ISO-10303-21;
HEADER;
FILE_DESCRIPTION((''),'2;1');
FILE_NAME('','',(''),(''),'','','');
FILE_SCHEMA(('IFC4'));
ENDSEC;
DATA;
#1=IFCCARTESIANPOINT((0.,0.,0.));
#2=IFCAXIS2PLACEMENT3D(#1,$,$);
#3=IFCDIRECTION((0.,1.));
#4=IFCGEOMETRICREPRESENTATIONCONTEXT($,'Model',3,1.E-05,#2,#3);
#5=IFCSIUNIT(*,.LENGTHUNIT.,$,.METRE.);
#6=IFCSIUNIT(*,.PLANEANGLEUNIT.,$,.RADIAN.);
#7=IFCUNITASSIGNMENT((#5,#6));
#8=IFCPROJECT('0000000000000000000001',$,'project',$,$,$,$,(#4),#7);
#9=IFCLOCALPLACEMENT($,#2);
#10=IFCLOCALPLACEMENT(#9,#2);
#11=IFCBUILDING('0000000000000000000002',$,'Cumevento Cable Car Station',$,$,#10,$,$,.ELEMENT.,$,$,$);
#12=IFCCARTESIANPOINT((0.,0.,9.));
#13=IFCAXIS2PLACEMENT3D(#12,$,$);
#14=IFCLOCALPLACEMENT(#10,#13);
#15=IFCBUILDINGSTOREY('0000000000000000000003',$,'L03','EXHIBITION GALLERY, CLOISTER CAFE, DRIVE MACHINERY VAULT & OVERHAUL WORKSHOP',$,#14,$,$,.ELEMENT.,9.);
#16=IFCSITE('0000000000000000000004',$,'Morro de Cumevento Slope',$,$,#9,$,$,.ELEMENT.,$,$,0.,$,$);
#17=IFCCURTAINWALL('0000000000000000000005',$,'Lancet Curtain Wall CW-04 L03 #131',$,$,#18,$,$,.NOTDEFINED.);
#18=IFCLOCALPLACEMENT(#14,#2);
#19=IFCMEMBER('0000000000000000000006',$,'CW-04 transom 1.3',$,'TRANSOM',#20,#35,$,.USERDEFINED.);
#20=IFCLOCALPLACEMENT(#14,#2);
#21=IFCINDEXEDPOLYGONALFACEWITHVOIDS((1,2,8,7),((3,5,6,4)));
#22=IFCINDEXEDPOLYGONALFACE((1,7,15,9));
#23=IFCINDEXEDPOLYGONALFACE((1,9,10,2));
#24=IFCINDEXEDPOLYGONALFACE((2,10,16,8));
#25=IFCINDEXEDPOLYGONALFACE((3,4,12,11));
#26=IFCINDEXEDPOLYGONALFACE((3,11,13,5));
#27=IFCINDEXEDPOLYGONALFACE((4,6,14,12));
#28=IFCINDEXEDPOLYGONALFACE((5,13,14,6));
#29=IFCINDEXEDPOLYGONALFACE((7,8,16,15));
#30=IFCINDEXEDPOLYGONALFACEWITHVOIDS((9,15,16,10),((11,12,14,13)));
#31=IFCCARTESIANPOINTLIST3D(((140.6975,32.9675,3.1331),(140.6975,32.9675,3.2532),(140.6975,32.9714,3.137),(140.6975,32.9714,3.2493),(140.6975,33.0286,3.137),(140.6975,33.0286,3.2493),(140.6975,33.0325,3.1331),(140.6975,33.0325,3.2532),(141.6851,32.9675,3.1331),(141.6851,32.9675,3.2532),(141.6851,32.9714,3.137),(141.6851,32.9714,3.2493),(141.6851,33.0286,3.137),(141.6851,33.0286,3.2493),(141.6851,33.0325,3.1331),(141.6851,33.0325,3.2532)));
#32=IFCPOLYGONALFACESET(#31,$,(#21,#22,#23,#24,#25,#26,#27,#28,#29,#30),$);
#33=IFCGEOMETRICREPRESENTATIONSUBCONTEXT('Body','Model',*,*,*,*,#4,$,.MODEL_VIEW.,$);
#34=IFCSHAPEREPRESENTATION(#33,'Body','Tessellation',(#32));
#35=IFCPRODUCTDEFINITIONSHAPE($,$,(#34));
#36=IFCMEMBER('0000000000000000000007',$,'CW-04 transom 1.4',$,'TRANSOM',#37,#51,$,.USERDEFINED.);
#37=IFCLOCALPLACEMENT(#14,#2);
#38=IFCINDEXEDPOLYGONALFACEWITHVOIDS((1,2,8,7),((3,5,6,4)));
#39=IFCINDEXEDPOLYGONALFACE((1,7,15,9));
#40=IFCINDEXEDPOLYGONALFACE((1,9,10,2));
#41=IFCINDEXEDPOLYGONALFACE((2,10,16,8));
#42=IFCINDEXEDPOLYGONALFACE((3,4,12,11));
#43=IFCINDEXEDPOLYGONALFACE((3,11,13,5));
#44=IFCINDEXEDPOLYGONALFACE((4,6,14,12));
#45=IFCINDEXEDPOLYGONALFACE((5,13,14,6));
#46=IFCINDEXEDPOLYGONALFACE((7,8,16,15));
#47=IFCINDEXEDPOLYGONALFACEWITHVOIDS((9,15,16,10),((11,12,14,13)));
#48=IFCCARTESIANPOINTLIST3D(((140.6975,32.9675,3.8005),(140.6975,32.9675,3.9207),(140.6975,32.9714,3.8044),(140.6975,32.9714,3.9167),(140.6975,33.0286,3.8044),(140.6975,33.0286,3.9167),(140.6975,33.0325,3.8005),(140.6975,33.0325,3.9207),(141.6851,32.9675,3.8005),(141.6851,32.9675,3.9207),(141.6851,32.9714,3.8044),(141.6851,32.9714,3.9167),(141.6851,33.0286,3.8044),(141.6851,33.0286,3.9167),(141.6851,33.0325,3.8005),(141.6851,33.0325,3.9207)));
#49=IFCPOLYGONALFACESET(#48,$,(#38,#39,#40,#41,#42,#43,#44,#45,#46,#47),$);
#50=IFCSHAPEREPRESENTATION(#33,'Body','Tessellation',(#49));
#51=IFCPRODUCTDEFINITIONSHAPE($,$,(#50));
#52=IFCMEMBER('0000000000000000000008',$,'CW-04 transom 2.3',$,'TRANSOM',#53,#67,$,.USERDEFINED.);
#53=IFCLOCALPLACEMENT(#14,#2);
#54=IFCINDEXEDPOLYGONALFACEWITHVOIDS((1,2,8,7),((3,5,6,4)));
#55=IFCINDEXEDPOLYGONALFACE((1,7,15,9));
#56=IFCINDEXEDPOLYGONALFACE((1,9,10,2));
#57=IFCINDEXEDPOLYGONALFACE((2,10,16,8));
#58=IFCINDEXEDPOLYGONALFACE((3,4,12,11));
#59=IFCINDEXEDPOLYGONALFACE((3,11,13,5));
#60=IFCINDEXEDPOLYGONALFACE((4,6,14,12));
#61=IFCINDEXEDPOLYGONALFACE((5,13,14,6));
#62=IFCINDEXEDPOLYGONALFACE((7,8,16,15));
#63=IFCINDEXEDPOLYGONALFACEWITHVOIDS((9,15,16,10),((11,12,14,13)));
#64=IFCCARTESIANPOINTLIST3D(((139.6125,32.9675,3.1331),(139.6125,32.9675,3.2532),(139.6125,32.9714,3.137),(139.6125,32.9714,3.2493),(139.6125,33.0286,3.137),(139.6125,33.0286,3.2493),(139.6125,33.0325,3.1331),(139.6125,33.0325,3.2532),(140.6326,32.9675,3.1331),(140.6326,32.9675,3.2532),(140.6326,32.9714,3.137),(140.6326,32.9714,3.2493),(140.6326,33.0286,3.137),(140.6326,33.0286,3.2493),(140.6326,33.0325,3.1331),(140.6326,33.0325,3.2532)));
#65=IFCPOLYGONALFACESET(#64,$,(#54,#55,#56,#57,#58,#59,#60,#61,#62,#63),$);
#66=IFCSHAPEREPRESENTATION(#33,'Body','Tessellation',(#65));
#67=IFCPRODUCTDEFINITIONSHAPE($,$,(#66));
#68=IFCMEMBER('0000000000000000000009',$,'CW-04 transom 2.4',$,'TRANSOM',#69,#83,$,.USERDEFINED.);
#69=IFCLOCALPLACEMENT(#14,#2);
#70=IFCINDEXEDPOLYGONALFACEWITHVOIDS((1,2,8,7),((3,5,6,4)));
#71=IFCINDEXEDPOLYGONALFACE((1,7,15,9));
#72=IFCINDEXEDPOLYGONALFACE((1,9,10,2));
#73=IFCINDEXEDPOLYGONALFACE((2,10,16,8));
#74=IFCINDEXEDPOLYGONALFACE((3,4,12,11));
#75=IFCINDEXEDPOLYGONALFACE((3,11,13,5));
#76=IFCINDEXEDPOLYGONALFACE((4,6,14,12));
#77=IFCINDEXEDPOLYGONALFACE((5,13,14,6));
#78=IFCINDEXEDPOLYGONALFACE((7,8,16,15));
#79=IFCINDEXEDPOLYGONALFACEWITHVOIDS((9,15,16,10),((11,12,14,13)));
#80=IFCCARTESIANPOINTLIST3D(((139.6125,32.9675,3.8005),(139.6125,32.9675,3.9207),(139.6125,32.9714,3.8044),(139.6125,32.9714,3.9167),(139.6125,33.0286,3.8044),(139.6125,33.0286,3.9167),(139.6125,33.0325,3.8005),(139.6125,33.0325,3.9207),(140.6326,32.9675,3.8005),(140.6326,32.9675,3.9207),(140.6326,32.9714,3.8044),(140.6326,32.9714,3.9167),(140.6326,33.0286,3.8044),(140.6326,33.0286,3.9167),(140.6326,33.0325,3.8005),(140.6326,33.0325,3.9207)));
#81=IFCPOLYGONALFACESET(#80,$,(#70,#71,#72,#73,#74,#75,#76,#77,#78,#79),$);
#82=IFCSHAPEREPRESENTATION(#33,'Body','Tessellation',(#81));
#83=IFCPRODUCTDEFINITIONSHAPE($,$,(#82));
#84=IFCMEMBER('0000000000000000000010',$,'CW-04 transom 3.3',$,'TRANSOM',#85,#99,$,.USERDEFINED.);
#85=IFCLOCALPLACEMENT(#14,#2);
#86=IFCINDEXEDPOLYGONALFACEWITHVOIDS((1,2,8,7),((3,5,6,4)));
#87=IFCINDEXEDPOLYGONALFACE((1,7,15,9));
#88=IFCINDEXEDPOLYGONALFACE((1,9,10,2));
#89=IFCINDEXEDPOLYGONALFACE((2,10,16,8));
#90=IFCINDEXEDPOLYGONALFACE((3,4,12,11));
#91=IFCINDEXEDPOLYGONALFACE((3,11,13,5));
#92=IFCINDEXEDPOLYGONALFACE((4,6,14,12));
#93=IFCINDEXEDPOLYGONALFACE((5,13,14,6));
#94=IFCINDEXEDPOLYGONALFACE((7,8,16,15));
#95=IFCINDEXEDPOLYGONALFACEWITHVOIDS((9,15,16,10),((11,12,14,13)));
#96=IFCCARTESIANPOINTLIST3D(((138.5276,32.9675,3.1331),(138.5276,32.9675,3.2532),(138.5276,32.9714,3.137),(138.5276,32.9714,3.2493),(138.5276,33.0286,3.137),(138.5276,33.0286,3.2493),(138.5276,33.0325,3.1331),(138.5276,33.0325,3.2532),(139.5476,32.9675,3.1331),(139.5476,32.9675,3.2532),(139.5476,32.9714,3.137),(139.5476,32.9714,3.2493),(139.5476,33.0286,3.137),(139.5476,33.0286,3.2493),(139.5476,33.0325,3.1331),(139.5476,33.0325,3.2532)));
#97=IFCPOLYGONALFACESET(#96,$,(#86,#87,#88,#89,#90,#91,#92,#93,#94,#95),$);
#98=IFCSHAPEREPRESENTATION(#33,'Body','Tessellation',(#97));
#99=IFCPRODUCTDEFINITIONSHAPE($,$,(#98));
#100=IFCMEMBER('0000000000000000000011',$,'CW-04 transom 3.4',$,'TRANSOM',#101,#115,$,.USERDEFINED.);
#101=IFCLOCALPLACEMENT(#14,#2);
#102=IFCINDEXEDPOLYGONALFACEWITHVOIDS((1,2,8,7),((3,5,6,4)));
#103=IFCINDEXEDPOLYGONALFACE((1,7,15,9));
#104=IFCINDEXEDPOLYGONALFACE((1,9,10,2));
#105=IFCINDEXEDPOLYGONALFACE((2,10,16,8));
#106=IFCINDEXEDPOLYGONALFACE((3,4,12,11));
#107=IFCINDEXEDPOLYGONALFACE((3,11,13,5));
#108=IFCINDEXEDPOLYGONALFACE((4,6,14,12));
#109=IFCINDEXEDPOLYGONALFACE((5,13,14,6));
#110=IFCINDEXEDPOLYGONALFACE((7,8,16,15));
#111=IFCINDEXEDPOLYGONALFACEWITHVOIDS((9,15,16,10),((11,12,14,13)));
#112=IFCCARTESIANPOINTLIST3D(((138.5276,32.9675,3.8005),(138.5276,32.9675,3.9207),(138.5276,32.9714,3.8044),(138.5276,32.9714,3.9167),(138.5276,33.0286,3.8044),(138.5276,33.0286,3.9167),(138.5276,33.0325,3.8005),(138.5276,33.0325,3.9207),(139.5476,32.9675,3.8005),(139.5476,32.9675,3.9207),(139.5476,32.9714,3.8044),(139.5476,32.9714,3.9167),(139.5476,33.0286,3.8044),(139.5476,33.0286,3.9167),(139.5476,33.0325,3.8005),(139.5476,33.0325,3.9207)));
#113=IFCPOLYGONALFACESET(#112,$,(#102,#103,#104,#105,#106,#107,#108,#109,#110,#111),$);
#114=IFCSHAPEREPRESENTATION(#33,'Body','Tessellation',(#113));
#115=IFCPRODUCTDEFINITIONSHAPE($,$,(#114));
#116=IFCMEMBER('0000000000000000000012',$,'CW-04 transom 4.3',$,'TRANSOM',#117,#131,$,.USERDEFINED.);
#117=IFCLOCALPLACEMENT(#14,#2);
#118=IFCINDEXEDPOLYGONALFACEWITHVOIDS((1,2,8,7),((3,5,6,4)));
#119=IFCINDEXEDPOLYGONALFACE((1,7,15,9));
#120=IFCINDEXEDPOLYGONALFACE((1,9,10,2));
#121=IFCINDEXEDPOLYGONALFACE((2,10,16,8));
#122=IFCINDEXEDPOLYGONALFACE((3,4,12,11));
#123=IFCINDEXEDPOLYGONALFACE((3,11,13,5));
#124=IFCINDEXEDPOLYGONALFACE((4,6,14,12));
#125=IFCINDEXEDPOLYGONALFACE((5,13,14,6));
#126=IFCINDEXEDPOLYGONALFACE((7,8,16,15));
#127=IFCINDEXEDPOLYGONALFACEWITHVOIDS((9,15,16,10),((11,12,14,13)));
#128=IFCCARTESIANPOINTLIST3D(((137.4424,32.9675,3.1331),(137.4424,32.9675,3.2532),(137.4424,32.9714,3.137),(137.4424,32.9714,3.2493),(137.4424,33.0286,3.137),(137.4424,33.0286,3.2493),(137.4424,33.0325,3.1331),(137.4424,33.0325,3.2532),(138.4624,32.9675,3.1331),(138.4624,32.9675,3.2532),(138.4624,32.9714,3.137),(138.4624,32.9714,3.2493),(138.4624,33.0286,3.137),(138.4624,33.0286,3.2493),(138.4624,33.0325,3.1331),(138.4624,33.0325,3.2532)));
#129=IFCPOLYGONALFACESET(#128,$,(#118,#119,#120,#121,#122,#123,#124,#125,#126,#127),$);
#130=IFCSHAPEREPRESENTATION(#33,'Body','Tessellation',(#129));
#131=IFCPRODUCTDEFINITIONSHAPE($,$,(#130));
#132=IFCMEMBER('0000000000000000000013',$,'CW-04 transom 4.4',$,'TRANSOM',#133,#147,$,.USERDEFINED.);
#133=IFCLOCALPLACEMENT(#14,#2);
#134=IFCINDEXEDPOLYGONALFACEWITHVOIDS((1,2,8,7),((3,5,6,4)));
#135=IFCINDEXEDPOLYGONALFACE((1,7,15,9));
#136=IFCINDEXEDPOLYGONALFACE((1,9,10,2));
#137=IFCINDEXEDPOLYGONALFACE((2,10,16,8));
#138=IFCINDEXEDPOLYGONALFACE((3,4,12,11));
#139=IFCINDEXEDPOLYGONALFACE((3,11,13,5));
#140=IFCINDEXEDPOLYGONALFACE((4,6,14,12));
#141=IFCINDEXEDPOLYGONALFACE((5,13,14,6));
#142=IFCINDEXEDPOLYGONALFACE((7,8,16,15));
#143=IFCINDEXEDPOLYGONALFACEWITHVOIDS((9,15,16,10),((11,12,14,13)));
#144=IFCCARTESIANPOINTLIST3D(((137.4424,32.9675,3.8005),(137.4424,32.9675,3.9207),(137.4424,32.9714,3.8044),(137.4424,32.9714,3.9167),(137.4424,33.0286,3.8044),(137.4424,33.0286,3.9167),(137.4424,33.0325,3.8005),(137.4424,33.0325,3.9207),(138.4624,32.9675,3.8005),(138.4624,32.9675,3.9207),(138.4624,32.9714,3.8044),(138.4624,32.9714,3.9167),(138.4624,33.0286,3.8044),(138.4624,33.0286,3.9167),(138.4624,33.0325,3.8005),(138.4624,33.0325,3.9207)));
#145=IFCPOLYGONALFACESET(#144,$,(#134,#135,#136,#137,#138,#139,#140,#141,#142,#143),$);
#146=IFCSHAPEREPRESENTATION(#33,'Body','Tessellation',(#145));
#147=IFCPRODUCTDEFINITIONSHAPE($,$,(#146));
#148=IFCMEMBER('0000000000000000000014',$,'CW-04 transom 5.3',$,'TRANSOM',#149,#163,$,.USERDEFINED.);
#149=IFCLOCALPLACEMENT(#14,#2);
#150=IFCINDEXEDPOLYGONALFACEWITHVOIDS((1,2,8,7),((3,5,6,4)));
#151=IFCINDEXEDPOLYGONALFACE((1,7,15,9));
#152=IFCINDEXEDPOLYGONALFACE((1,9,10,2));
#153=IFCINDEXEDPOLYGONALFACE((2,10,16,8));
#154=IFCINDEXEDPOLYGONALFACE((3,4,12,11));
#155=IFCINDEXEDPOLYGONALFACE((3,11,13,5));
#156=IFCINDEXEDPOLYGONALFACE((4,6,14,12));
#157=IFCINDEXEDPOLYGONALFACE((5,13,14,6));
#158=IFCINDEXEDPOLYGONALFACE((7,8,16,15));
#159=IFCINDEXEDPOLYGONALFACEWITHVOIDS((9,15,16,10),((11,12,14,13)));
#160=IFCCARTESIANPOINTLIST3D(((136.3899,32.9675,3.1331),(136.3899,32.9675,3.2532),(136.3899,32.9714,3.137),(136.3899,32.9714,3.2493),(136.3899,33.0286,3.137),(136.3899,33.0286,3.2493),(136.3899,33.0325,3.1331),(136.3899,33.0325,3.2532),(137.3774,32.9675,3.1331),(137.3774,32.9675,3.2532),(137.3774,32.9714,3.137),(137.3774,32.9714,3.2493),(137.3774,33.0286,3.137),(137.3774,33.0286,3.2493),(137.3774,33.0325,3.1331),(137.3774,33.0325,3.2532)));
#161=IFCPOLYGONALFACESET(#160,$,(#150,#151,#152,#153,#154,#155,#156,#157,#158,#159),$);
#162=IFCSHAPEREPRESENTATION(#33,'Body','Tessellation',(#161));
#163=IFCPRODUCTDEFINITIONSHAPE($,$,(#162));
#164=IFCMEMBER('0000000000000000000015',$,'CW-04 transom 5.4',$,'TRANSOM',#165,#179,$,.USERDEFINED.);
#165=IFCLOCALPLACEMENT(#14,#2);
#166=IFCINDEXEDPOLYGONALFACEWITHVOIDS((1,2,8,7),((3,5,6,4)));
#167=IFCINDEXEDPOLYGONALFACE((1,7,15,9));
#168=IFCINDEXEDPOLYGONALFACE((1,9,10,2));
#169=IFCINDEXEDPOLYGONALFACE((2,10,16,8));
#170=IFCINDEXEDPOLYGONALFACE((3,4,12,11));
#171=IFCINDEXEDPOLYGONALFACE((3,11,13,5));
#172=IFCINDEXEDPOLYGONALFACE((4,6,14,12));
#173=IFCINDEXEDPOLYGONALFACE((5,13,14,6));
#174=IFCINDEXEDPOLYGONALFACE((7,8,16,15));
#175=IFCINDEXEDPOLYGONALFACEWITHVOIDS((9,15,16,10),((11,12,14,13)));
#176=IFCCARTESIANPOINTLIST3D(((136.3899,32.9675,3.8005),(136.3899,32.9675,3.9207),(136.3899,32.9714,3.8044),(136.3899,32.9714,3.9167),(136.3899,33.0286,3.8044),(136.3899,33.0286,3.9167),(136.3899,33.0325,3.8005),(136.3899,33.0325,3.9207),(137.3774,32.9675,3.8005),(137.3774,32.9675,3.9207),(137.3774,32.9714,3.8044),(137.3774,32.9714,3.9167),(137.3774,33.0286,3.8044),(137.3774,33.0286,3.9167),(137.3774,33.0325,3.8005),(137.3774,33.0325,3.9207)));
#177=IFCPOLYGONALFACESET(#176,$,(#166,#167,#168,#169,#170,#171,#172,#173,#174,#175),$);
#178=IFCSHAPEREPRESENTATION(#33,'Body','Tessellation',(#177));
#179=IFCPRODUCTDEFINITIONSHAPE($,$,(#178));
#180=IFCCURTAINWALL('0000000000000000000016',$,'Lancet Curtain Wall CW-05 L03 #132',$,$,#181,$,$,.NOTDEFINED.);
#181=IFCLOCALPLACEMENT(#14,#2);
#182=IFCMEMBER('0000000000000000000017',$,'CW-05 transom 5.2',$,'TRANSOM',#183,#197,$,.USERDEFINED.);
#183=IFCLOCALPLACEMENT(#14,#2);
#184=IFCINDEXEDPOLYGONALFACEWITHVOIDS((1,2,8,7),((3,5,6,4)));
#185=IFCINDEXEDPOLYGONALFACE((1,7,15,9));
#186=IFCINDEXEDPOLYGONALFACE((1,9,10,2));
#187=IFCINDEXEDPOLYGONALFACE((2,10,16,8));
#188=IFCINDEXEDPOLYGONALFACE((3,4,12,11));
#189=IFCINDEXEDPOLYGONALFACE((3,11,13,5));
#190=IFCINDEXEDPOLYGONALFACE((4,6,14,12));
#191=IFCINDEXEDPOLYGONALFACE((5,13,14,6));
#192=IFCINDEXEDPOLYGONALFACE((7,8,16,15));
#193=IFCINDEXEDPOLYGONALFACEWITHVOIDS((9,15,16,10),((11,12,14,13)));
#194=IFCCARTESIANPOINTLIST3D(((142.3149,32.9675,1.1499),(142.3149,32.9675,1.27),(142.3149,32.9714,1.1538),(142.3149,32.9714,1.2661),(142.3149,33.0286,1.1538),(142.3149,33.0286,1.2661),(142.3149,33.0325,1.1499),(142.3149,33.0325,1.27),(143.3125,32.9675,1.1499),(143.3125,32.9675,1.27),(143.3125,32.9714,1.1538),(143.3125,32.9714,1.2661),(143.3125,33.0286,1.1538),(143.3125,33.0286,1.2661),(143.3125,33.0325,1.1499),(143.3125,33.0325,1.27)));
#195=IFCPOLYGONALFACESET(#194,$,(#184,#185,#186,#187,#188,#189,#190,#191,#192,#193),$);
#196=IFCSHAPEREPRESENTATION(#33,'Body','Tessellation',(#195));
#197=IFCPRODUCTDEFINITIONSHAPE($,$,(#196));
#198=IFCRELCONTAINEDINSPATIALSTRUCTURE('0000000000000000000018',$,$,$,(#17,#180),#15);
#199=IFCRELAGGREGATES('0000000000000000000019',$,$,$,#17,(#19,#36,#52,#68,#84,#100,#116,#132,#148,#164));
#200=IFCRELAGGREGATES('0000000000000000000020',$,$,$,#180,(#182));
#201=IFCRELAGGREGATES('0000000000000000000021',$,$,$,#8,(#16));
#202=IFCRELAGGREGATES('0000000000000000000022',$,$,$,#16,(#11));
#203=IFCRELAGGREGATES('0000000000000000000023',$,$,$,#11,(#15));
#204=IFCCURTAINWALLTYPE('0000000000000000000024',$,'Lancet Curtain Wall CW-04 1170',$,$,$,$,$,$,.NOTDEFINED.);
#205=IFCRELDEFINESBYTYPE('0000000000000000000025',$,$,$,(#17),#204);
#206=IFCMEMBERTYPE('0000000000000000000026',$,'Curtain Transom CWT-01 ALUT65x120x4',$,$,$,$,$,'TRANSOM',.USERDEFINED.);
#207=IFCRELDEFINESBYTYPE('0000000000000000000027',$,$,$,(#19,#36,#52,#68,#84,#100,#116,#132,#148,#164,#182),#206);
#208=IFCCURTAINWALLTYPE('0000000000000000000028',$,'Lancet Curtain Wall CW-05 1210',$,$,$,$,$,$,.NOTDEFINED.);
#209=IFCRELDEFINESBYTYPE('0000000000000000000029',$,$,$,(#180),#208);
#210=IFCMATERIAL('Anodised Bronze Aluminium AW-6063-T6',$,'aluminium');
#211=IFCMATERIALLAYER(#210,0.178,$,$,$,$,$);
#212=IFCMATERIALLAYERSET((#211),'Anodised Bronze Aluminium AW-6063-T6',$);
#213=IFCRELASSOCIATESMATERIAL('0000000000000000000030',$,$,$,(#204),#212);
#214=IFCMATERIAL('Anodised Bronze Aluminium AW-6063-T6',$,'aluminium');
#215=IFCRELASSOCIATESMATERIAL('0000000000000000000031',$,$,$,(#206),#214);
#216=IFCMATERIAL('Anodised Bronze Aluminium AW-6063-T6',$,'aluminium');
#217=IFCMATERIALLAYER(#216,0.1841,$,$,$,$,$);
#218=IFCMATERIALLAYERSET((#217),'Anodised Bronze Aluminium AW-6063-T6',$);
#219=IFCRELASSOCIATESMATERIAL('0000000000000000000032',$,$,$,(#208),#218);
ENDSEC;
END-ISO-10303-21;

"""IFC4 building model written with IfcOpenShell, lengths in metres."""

from ifc_helpers import new_model, si_unit, direction, frame, origin, origin_2d, place, context, subcontext, project, spatial, hollow_rectangle, extrude, material, layer, layer_set, material_profile, profile_set, type_object, element, aggregate, save


model = new_model("IFC4")

# Units and contexts
model_context = context("Model", 3, precision=1e-05, world=origin(), true_north=direction((0.0, 1.0)))
body_context = subcontext(model_context, "Body", "Model", "MODEL_VIEW")
ifc_project = project(units=[si_unit("LENGTHUNIT", "METRE"), si_unit("PLANEANGLEUNIT", "RADIAN")], contexts=[model_context])

# Site, building, storey
site_placement = place(None, origin())
site = spatial("IfcSite", under=ifc_project, at=site_placement, Name="Morro de Cumevento Slope", CompositionType="ELEMENT", RefElevation=0.0)
building_placement = place(site_placement, origin())
building = spatial("IfcBuilding", under=site, at=building_placement, Name="Cumevento Cable Car Station", CompositionType="ELEMENT")
storey_placement = place(building_placement, frame((0.0, 0.0, 9.0)))
storey = spatial("IfcBuildingStorey", under=building, at=storey_placement, Name="L03", Description="EXHIBITION GALLERY, CLOISTER CAFE, DRIVE MACHINERY VAULT & OVERHAUL WORKSHOP", CompositionType="ELEMENT", Elevation=9.0)

# Curtain walls, members
ifc_material_1 = material(Name="Anodised Bronze Aluminium AW-6063-T6", Category="aluminium")
ifc_layer_1 = layer(ifc_material_1, 0.178)
ifc_layer_set_1 = layer_set([ifc_layer_1], Name="Anodised Bronze Aluminium AW-6063-T6")
curtain_wall_type_1 = type_object("IfcCurtainWallType", Name="Lancet Curtain Wall CW-04 1170", PredefinedType="NOTDEFINED", material=ifc_layer_set_1)
curtain_wall_1_placement = place(storey_placement, origin())
curtain_wall_1 = element("IfcCurtainWall", 1, at=curtain_wall_1_placement, inside=storey, type_object=curtain_wall_type_1, Name="Lancet Curtain Wall CW-04 L03 #131", PredefinedType="NOTDEFINED")
ifc_material_2 = material(Name="Anodised Bronze Aluminium AW-6063-T6", Category="aluminium")
ifc_material_profile_1 = material_profile(ifc_material_2, hollow_rectangle(XDim=0.0649, YDim=0.1201, WallThickness=0.0039, at=origin_2d()), Name="ALUT65x120x4")
ifc_profile_set_1 = profile_set([ifc_material_profile_1], Name="Anodised Bronze Aluminium AW-6063-T6")
member_type = type_object("IfcMemberType", Name="Curtain Transom CWT-01 ALUT65x120x4", ElementType="TRANSOM", PredefinedType="USERDEFINED", material=ifc_profile_set_1)
member_1_placement = place(storey_placement, frame((141.6851, 33.0, 3.1931), z_axis=(-1.0, 0.0, 0.0), x_axis=(0.0, -1.0, 0.0)))
member_1 = element("IfcMember", 2, at=member_1_placement, type_object=member_type, Name="CW-04 transom 1.3", ObjectType="TRANSOM", PredefinedType="USERDEFINED", context=body_context, shape_type="SweptSolid", body=[
    extrude(hollow_rectangle(XDim=0.0649, YDim=0.1201, WallThickness=0.0039, at=origin_2d()), origin(), (0.0, 0.0, 1.0), 0.9875),
])
member_2_placement = place(storey_placement, frame((141.6851, 33.0, 3.8606), z_axis=(-1.0, 0.0, 0.0), x_axis=(0.0, -1.0, 0.0)))
member_2 = element("IfcMember", 3, at=member_2_placement, type_object=member_type, Name="CW-04 transom 1.4", ObjectType="TRANSOM", PredefinedType="USERDEFINED", context=body_context, shape_type="SweptSolid", body=[
    extrude(hollow_rectangle(XDim=0.0649, YDim=0.1201, WallThickness=0.0039, at=origin_2d()), origin(), (0.0, 0.0, 1.0), 0.9875),
])
member_3_placement = place(storey_placement, frame((140.6326, 33.0, 3.1931), z_axis=(-1.0, 0.0, 0.0), x_axis=(0.0, -1.0, 0.0)))
member_3 = element("IfcMember", 4, at=member_3_placement, type_object=member_type, Name="CW-04 transom 2.3", ObjectType="TRANSOM", PredefinedType="USERDEFINED", context=body_context, shape_type="SweptSolid", body=[
    extrude(hollow_rectangle(XDim=0.0649, YDim=0.1201, WallThickness=0.0039, at=origin_2d()), origin(), (0.0, 0.0, 1.0), 1.02),
])
member_4_placement = place(storey_placement, frame((140.6326, 33.0, 3.8606), z_axis=(-1.0, 0.0, 0.0), x_axis=(0.0, -1.0, 0.0)))
member_4 = element("IfcMember", 5, at=member_4_placement, type_object=member_type, Name="CW-04 transom 2.4", ObjectType="TRANSOM", PredefinedType="USERDEFINED", context=body_context, shape_type="SweptSolid", body=[
    extrude(hollow_rectangle(XDim=0.0649, YDim=0.1201, WallThickness=0.0039, at=origin_2d()), origin(), (0.0, 0.0, 1.0), 1.02),
])
member_5_placement = place(storey_placement, frame((139.5476, 33.0, 3.1931), z_axis=(-1.0, 0.0, 0.0), x_axis=(0.0, -1.0, 0.0)))
member_5 = element("IfcMember", 6, at=member_5_placement, type_object=member_type, Name="CW-04 transom 3.3", ObjectType="TRANSOM", PredefinedType="USERDEFINED", context=body_context, shape_type="SweptSolid", body=[
    extrude(hollow_rectangle(XDim=0.0649, YDim=0.1201, WallThickness=0.0039, at=origin_2d()), origin(), (0.0, 0.0, 1.0), 1.02),
])
member_6_placement = place(storey_placement, frame((139.5476, 33.0, 3.8606), z_axis=(-1.0, 0.0, 0.0), x_axis=(0.0, -1.0, 0.0)))
member_6 = element("IfcMember", 7, at=member_6_placement, type_object=member_type, Name="CW-04 transom 3.4", ObjectType="TRANSOM", PredefinedType="USERDEFINED", context=body_context, shape_type="SweptSolid", body=[
    extrude(hollow_rectangle(XDim=0.0649, YDim=0.1201, WallThickness=0.0039, at=origin_2d()), origin(), (0.0, 0.0, 1.0), 1.02),
])
member_7_placement = place(storey_placement, frame((138.4624, 33.0, 3.1931), z_axis=(-1.0, 0.0, 0.0), x_axis=(0.0, -1.0, 0.0)))
member_7 = element("IfcMember", 8, at=member_7_placement, type_object=member_type, Name="CW-04 transom 4.3", ObjectType="TRANSOM", PredefinedType="USERDEFINED", context=body_context, shape_type="SweptSolid", body=[
    extrude(hollow_rectangle(XDim=0.0649, YDim=0.1201, WallThickness=0.0039, at=origin_2d()), origin(), (0.0, 0.0, 1.0), 1.02),
])
member_8_placement = place(storey_placement, frame((138.4624, 33.0, 3.8606), z_axis=(-1.0, 0.0, 0.0), x_axis=(0.0, -1.0, 0.0)))
member_8 = element("IfcMember", 9, at=member_8_placement, type_object=member_type, Name="CW-04 transom 4.4", ObjectType="TRANSOM", PredefinedType="USERDEFINED", context=body_context, shape_type="SweptSolid", body=[
    extrude(hollow_rectangle(XDim=0.0649, YDim=0.1201, WallThickness=0.0039, at=origin_2d()), origin(), (0.0, 0.0, 1.0), 1.02),
])
member_9_placement = place(storey_placement, frame((137.3774, 33.0, 3.1931), z_axis=(-1.0, 0.0, 0.0), x_axis=(0.0, -1.0, 0.0)))
member_9 = element("IfcMember", 10, at=member_9_placement, type_object=member_type, Name="CW-04 transom 5.3", ObjectType="TRANSOM", PredefinedType="USERDEFINED", context=body_context, shape_type="SweptSolid", body=[
    extrude(hollow_rectangle(XDim=0.0649, YDim=0.1201, WallThickness=0.0039, at=origin_2d()), origin(), (0.0, 0.0, 1.0), 0.9875),
])
member_10_placement = place(storey_placement, frame((137.3774, 33.0, 3.8606), z_axis=(-1.0, 0.0, 0.0), x_axis=(0.0, -1.0, 0.0)))
member_10 = element("IfcMember", 11, at=member_10_placement, type_object=member_type, Name="CW-04 transom 5.4", ObjectType="TRANSOM", PredefinedType="USERDEFINED", context=body_context, shape_type="SweptSolid", body=[
    extrude(hollow_rectangle(XDim=0.0649, YDim=0.1201, WallThickness=0.0039, at=origin_2d()), origin(), (0.0, 0.0, 1.0), 0.9875),
])
ifc_material_3 = material(Name="Anodised Bronze Aluminium AW-6063-T6", Category="aluminium")
ifc_layer_2 = layer(ifc_material_3, 0.1841)
ifc_layer_set_2 = layer_set([ifc_layer_2], Name="Anodised Bronze Aluminium AW-6063-T6")
curtain_wall_type_2 = type_object("IfcCurtainWallType", Name="Lancet Curtain Wall CW-05 1210", PredefinedType="NOTDEFINED", material=ifc_layer_set_2)
curtain_wall_2_placement = place(storey_placement, origin())
curtain_wall_2 = element("IfcCurtainWall", 12, at=curtain_wall_2_placement, inside=storey, type_object=curtain_wall_type_2, Name="Lancet Curtain Wall CW-05 L03 #132", PredefinedType="NOTDEFINED")
member_11_placement = place(storey_placement, frame((143.3125, 33.0, 1.21), z_axis=(-1.0, 0.0, 0.0), x_axis=(0.0, -1.0, 0.0)))
member_11 = element("IfcMember", 13, at=member_11_placement, type_object=member_type, Name="CW-05 transom 5.2", ObjectType="TRANSOM", PredefinedType="USERDEFINED", context=body_context, shape_type="SweptSolid", body=[
    extrude(hollow_rectangle(XDim=0.0649, YDim=0.1201, WallThickness=0.0039, at=origin_2d()), origin(), (0.0, 0.0, 1.0), 0.9976),
])

aggregate(curtain_wall_1, [member_1, member_2, member_3, member_4, member_5, member_6, member_7, member_8, member_9, member_10])
aggregate(curtain_wall_2, [member_11])

save(model, "model.ifc")
